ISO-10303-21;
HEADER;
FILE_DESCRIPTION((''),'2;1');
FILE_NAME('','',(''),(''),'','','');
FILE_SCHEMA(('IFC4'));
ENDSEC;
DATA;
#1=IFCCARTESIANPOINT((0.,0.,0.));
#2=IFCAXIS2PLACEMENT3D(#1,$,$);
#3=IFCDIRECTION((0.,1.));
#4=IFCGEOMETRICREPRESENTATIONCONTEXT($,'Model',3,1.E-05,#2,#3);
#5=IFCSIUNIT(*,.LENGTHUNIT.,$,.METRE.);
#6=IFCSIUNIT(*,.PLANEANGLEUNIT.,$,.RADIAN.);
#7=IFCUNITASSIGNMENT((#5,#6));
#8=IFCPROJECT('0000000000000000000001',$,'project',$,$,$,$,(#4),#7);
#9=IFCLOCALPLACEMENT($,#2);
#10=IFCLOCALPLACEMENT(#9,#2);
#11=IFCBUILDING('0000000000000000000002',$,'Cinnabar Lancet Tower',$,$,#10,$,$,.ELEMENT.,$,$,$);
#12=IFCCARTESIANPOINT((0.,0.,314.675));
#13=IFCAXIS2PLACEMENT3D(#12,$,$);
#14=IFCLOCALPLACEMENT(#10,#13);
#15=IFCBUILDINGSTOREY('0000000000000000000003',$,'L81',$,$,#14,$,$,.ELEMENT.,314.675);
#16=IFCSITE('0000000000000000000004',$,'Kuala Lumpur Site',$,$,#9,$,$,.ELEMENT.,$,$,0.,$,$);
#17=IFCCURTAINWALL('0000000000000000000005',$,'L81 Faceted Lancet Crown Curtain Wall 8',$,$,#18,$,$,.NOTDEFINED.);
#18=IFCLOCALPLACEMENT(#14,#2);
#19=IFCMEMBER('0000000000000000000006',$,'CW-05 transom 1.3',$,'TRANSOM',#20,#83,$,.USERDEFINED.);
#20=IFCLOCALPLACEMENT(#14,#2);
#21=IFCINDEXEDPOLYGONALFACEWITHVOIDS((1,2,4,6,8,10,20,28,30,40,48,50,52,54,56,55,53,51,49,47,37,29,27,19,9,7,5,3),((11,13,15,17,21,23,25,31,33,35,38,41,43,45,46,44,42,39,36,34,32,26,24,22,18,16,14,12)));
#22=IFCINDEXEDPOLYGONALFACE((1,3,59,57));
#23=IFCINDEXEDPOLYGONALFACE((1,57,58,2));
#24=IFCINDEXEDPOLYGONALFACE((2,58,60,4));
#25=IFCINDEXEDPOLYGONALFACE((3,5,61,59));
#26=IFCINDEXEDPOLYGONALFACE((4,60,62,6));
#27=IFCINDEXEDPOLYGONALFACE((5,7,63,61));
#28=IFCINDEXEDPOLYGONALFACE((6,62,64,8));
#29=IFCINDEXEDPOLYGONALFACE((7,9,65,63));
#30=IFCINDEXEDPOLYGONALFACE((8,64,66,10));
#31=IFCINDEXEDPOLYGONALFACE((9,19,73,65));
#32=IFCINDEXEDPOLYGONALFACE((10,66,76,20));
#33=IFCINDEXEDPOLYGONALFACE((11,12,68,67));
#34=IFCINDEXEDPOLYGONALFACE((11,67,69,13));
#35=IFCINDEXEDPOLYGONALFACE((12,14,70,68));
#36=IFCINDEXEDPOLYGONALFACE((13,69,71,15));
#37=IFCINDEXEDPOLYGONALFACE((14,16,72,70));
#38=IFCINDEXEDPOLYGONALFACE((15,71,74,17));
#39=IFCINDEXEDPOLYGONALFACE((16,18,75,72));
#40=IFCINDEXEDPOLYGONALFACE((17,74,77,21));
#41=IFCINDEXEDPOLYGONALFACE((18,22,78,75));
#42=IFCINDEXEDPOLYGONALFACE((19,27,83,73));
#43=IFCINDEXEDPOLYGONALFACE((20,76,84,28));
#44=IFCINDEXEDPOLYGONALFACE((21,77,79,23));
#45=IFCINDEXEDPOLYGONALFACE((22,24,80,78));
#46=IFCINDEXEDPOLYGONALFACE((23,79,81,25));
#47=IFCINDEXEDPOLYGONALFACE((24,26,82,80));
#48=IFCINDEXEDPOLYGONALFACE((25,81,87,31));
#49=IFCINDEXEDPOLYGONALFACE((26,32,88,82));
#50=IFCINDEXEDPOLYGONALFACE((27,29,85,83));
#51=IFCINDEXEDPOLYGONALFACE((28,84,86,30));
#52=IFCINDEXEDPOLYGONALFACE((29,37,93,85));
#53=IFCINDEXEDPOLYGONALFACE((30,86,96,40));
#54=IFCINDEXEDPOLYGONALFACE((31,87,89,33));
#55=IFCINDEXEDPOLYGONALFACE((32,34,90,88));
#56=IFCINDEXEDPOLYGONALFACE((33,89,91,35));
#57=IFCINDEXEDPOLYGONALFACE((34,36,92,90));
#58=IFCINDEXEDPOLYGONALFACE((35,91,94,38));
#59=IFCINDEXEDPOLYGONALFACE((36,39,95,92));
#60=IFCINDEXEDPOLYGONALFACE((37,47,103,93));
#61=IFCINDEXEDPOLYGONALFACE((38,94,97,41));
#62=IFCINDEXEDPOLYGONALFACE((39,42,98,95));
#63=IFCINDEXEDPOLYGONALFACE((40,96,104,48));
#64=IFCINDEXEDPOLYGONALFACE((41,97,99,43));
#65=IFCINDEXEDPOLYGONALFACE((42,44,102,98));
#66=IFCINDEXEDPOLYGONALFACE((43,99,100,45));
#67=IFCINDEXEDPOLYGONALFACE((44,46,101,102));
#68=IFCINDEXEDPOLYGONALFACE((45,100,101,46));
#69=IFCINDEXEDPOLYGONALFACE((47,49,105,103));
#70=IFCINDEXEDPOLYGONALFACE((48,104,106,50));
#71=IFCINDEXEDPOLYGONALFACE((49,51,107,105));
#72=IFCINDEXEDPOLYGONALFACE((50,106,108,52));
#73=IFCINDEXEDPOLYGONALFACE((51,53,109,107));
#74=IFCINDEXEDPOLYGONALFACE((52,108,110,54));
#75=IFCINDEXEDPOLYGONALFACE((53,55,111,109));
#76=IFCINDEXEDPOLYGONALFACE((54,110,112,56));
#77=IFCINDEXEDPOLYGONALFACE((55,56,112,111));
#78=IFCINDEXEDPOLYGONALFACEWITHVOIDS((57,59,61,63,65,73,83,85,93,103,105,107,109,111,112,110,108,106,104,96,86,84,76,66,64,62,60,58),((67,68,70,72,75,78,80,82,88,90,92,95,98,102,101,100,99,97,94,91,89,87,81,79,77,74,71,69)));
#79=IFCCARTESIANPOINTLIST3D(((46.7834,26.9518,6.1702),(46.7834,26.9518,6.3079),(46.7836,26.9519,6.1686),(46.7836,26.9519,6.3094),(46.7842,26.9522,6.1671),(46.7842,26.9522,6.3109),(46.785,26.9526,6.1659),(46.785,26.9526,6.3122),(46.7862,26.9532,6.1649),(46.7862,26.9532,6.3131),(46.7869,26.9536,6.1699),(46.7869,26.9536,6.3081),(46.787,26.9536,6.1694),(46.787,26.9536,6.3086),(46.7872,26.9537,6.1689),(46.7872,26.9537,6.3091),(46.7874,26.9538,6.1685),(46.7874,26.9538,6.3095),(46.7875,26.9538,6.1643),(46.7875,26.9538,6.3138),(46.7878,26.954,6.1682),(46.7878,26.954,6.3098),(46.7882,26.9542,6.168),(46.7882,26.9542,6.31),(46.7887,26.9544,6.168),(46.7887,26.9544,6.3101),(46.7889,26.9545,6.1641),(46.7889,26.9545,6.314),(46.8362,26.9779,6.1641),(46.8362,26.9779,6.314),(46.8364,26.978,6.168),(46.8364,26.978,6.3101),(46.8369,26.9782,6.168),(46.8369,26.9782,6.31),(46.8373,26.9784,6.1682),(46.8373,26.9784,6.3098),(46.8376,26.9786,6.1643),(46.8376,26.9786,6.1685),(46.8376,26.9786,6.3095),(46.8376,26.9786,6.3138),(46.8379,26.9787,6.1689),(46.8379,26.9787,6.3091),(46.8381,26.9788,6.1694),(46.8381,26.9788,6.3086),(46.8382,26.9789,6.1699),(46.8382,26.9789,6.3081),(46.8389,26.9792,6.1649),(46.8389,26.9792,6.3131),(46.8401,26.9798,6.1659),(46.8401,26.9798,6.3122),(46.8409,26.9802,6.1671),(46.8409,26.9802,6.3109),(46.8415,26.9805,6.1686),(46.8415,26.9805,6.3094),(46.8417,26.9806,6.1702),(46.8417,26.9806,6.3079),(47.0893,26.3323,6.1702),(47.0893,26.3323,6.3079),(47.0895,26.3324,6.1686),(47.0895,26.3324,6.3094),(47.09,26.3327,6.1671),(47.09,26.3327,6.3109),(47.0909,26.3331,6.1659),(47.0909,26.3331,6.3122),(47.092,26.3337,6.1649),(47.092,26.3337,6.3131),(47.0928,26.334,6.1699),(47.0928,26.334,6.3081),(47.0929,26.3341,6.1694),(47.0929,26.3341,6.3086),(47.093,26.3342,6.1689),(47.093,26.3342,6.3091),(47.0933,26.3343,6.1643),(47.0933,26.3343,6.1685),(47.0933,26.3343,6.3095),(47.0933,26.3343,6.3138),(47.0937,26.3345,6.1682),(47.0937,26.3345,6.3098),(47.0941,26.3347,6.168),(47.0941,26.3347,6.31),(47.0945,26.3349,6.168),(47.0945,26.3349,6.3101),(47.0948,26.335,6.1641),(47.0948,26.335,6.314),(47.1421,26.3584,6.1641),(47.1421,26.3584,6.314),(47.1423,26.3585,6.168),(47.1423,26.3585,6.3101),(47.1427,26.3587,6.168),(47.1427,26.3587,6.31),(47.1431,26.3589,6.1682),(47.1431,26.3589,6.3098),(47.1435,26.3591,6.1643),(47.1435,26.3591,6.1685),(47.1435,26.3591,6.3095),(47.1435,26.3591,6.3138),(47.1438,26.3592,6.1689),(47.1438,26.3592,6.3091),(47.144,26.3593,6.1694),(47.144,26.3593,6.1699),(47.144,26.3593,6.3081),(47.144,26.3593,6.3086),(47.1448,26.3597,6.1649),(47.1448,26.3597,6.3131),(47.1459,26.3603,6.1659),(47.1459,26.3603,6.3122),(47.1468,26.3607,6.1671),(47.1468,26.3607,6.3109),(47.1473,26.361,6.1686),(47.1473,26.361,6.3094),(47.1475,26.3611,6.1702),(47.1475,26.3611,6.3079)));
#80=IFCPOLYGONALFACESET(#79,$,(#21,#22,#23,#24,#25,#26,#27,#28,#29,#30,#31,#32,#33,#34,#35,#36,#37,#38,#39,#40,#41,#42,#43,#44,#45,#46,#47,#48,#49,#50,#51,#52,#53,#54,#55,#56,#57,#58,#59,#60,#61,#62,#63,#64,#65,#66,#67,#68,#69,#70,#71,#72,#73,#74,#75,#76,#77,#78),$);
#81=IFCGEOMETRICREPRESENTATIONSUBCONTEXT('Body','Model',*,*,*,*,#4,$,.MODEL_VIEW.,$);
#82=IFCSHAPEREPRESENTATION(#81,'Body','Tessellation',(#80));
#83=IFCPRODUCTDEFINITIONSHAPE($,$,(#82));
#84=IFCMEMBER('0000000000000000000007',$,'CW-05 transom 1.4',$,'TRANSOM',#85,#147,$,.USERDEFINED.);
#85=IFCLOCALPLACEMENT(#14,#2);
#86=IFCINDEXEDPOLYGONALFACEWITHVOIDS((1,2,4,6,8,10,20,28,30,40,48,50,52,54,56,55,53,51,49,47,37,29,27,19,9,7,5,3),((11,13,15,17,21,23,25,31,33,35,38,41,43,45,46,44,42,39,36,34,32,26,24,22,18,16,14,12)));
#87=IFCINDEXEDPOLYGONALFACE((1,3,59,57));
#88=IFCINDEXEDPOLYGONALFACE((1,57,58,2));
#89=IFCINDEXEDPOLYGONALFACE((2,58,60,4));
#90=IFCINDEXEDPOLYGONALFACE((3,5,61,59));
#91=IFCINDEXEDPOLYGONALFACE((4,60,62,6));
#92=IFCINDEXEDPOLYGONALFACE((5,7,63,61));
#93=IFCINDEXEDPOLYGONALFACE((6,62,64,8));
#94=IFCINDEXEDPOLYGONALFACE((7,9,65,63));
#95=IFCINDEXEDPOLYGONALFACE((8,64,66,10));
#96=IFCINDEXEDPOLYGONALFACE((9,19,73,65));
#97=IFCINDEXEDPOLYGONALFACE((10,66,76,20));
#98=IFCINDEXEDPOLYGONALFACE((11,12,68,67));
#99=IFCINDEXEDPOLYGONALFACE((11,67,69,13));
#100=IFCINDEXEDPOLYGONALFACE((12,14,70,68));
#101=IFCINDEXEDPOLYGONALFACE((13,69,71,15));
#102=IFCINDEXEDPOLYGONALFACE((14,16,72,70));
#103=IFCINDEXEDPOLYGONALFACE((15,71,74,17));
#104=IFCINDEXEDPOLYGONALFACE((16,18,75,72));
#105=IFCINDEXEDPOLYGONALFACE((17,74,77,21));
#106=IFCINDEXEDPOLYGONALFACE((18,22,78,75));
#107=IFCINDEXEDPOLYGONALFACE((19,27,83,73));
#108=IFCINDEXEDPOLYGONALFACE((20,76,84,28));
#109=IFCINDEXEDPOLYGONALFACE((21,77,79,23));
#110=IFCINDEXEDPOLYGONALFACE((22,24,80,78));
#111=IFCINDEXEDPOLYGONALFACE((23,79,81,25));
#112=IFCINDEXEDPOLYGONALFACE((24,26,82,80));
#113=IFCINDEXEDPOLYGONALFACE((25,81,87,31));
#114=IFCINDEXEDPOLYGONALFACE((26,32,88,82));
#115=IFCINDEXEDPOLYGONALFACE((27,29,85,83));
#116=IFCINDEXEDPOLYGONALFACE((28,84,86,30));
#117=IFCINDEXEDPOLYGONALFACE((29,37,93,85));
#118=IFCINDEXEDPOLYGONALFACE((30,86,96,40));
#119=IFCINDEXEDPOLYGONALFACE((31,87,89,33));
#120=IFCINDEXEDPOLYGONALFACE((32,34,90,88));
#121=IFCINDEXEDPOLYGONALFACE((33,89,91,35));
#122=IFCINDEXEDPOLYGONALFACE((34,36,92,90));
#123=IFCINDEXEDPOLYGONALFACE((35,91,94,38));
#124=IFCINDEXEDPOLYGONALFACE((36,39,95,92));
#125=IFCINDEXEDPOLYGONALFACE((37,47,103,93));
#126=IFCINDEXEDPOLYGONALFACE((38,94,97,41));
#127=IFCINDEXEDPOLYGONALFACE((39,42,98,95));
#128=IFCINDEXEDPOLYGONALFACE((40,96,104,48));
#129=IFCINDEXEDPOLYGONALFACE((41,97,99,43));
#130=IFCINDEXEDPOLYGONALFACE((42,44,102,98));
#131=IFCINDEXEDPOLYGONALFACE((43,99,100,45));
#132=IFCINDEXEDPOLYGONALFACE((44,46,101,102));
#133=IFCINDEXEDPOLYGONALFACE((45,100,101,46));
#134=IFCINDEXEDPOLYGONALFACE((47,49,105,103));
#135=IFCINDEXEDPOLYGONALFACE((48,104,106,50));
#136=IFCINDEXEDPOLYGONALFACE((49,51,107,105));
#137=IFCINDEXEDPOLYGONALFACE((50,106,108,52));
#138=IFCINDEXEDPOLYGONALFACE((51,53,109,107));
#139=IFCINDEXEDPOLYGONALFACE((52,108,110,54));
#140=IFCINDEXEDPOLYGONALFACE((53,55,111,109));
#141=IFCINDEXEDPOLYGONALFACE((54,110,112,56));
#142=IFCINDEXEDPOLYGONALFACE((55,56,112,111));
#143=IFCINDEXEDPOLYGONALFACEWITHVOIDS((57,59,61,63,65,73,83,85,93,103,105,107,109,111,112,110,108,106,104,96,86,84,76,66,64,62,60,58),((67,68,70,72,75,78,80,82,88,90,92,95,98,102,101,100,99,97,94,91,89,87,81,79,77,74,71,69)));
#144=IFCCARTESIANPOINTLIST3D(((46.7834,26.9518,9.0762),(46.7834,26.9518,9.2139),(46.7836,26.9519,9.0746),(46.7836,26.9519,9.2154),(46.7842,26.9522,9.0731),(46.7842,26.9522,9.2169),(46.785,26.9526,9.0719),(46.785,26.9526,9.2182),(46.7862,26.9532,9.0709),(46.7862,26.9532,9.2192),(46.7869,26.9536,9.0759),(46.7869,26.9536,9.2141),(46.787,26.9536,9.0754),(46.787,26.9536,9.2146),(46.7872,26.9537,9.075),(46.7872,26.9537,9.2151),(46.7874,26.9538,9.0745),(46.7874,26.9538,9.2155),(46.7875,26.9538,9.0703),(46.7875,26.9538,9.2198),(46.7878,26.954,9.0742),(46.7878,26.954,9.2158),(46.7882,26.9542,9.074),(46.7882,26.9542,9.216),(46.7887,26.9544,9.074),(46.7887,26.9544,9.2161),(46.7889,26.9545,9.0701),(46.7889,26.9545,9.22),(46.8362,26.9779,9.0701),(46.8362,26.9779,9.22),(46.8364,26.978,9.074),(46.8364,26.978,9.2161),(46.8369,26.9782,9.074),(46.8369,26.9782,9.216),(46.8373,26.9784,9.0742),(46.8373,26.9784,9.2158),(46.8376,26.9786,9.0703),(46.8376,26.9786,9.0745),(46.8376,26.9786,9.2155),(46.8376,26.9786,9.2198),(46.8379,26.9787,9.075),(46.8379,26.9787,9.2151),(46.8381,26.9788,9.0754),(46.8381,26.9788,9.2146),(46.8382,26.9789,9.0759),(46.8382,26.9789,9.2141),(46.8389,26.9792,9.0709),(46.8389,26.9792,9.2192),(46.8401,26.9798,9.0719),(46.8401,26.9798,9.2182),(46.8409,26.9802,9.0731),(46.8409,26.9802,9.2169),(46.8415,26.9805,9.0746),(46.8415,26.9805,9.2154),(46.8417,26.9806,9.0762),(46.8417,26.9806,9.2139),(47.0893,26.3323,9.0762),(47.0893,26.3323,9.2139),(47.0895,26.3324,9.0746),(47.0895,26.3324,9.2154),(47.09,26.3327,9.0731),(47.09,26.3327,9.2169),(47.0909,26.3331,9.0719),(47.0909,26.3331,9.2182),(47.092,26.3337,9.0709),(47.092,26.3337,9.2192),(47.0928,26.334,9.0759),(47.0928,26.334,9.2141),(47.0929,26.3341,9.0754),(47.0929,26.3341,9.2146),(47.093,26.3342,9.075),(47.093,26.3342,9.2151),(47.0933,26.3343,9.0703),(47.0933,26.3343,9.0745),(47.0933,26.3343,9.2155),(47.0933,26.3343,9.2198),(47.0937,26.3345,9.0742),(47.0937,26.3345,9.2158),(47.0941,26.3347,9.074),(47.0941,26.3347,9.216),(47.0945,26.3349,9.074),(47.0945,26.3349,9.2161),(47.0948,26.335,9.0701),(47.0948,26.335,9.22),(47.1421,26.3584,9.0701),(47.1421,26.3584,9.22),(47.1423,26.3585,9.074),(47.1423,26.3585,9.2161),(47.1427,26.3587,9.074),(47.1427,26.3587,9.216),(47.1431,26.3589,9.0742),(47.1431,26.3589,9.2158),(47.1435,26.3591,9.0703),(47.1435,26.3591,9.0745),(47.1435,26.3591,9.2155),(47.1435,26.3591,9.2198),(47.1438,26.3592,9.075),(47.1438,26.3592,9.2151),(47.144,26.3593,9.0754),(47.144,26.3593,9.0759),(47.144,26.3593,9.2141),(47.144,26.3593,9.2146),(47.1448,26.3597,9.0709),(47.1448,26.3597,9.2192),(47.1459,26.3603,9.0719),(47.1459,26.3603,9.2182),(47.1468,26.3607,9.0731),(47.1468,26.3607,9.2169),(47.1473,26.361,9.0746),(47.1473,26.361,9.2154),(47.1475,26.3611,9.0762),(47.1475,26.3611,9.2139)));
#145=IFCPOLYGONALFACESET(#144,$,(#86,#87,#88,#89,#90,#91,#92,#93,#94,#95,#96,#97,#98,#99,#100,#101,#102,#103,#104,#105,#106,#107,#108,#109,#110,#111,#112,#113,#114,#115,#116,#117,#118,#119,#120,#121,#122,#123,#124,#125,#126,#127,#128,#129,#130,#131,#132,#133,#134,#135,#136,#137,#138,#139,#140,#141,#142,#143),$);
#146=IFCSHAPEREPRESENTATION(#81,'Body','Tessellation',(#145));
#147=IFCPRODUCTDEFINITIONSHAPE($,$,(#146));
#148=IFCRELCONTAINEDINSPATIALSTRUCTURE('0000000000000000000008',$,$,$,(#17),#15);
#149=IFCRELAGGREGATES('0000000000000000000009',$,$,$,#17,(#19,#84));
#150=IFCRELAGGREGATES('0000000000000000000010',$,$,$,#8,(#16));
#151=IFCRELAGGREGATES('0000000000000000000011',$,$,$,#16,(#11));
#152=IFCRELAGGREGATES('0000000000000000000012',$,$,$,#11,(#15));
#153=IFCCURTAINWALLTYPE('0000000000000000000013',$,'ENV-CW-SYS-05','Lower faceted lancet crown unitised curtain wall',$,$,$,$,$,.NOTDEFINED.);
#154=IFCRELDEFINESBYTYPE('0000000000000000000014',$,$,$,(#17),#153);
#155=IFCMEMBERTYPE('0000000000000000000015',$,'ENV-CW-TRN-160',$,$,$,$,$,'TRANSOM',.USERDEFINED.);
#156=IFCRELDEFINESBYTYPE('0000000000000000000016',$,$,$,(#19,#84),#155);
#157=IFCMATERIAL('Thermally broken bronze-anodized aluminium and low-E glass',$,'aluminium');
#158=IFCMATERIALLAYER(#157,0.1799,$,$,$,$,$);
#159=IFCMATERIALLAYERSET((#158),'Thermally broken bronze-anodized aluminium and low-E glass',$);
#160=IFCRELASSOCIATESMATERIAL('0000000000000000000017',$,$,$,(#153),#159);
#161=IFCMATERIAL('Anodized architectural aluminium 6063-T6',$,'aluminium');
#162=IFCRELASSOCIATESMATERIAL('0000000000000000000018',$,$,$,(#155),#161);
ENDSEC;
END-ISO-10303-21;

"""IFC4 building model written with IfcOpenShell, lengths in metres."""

from ifc_helpers import new_model, si_unit, direction, frame, origin, origin_2d, place, context, subcontext, project, spatial, hollow_rectangle, extrude, material, layer, layer_set, material_profile, profile_set, type_object, element, aggregate, save


model = new_model("IFC4")

# Units and contexts
model_context = context("Model", 3, precision=1e-05, world=origin(), true_north=direction((0.0, 1.0)))
body_context = subcontext(model_context, "Body", "Model", "MODEL_VIEW")
ifc_project = project(units=[si_unit("LENGTHUNIT", "METRE"), si_unit("PLANEANGLEUNIT", "RADIAN")], contexts=[model_context])

# Site, building, storey
site_placement = place(None, origin())
site = spatial("IfcSite", under=ifc_project, at=site_placement, Name="Kuala Lumpur Site", CompositionType="ELEMENT", RefElevation=0.0)
building_placement = place(site_placement, origin())
building = spatial("IfcBuilding", under=site, at=building_placement, Name="Cinnabar Lancet Tower", CompositionType="ELEMENT")
storey_placement = place(building_placement, frame((0.0, 0.0, 314.675)))
storey = spatial("IfcBuildingStorey", under=building, at=storey_placement, Name="L81", CompositionType="ELEMENT", Elevation=314.675)

# Shared definitions
ifc_material_1 = material(Name="Thermally broken bronze-anodized aluminium and low-E glass", Category="aluminium")
ifc_layer_1 = layer(ifc_material_1, 0.1799)
ifc_layer_set_1 = layer_set([ifc_layer_1], Name="Thermally broken bronze-anodized aluminium and low-E glass")
curtain_wall_type = type_object("IfcCurtainWallType", Name="ENV-CW-SYS-05", Description="Lower faceted lancet crown unitised curtain wall", PredefinedType="NOTDEFINED", material=ifc_layer_set_1)

# Curtain wall
curtain_wall_1_placement = place(storey_placement, origin())
curtain_wall_1 = element("IfcCurtainWall", 1, at=curtain_wall_1_placement, inside=storey, type_object=curtain_wall_type, Name="L81 Faceted Lancet Crown Curtain Wall 8", PredefinedType="NOTDEFINED")

# Members
ifc_material_2 = material(Name="Anodized architectural aluminium 6063-T6", Category="aluminium")
ifc_material_profile_1 = material_profile(ifc_material_2, hollow_rectangle(XDim=0.0649, YDim=0.1499, WallThickness=0.0039, InnerFilletRadius=0.002, OuterFilletRadius=0.0061, at=origin_2d()), Name="CW-TRN 150x65x4")
ifc_profile_set_1 = profile_set([ifc_material_profile_1], Name="Anodized architectural aluminium 6063-T6")
member_type_1 = type_object("IfcMemberType", Name="ENV-CW-TRN-160", ElementType="TRANSOM", PredefinedType="USERDEFINED", material=ifc_profile_set_1)
member_1_placement = place(storey_placement, frame((47.1184, 26.3467, 6.239), z_axis=(-0.442686, 0.896677, 0.0), x_axis=(-0.896677, -0.442686, 0.0)))
member_1 = element("IfcMember", 2, at=member_1_placement, type_object=member_type_1, Name="CW-05 transom 1.3", ObjectType="TRANSOM", PredefinedType="USERDEFINED", context=body_context, shape_type="SweptSolid", body=[
    extrude(hollow_rectangle(XDim=0.0649, YDim=0.1499, WallThickness=0.0039, InnerFilletRadius=0.002, OuterFilletRadius=0.0061, at=origin_2d()), origin(), (0.0, 0.0, 1.0), 0.6909),
])
member_2_placement = place(storey_placement, frame((47.1184, 26.3467, 9.145), z_axis=(-0.442686, 0.896677, 0.0), x_axis=(-0.896677, -0.442686, 0.0)))
member_2 = element("IfcMember", 3, at=member_2_placement, type_object=member_type_1, Name="CW-05 transom 1.4", ObjectType="TRANSOM", PredefinedType="USERDEFINED", context=body_context, shape_type="SweptSolid", body=[
    extrude(hollow_rectangle(XDim=0.0649, YDim=0.1499, WallThickness=0.0039, InnerFilletRadius=0.002, OuterFilletRadius=0.0061, at=origin_2d()), origin(), (0.0, 0.0, 1.0), 0.6909),
])

aggregate(curtain_wall_1, [member_1, member_2])

save(model, "model.ifc")
